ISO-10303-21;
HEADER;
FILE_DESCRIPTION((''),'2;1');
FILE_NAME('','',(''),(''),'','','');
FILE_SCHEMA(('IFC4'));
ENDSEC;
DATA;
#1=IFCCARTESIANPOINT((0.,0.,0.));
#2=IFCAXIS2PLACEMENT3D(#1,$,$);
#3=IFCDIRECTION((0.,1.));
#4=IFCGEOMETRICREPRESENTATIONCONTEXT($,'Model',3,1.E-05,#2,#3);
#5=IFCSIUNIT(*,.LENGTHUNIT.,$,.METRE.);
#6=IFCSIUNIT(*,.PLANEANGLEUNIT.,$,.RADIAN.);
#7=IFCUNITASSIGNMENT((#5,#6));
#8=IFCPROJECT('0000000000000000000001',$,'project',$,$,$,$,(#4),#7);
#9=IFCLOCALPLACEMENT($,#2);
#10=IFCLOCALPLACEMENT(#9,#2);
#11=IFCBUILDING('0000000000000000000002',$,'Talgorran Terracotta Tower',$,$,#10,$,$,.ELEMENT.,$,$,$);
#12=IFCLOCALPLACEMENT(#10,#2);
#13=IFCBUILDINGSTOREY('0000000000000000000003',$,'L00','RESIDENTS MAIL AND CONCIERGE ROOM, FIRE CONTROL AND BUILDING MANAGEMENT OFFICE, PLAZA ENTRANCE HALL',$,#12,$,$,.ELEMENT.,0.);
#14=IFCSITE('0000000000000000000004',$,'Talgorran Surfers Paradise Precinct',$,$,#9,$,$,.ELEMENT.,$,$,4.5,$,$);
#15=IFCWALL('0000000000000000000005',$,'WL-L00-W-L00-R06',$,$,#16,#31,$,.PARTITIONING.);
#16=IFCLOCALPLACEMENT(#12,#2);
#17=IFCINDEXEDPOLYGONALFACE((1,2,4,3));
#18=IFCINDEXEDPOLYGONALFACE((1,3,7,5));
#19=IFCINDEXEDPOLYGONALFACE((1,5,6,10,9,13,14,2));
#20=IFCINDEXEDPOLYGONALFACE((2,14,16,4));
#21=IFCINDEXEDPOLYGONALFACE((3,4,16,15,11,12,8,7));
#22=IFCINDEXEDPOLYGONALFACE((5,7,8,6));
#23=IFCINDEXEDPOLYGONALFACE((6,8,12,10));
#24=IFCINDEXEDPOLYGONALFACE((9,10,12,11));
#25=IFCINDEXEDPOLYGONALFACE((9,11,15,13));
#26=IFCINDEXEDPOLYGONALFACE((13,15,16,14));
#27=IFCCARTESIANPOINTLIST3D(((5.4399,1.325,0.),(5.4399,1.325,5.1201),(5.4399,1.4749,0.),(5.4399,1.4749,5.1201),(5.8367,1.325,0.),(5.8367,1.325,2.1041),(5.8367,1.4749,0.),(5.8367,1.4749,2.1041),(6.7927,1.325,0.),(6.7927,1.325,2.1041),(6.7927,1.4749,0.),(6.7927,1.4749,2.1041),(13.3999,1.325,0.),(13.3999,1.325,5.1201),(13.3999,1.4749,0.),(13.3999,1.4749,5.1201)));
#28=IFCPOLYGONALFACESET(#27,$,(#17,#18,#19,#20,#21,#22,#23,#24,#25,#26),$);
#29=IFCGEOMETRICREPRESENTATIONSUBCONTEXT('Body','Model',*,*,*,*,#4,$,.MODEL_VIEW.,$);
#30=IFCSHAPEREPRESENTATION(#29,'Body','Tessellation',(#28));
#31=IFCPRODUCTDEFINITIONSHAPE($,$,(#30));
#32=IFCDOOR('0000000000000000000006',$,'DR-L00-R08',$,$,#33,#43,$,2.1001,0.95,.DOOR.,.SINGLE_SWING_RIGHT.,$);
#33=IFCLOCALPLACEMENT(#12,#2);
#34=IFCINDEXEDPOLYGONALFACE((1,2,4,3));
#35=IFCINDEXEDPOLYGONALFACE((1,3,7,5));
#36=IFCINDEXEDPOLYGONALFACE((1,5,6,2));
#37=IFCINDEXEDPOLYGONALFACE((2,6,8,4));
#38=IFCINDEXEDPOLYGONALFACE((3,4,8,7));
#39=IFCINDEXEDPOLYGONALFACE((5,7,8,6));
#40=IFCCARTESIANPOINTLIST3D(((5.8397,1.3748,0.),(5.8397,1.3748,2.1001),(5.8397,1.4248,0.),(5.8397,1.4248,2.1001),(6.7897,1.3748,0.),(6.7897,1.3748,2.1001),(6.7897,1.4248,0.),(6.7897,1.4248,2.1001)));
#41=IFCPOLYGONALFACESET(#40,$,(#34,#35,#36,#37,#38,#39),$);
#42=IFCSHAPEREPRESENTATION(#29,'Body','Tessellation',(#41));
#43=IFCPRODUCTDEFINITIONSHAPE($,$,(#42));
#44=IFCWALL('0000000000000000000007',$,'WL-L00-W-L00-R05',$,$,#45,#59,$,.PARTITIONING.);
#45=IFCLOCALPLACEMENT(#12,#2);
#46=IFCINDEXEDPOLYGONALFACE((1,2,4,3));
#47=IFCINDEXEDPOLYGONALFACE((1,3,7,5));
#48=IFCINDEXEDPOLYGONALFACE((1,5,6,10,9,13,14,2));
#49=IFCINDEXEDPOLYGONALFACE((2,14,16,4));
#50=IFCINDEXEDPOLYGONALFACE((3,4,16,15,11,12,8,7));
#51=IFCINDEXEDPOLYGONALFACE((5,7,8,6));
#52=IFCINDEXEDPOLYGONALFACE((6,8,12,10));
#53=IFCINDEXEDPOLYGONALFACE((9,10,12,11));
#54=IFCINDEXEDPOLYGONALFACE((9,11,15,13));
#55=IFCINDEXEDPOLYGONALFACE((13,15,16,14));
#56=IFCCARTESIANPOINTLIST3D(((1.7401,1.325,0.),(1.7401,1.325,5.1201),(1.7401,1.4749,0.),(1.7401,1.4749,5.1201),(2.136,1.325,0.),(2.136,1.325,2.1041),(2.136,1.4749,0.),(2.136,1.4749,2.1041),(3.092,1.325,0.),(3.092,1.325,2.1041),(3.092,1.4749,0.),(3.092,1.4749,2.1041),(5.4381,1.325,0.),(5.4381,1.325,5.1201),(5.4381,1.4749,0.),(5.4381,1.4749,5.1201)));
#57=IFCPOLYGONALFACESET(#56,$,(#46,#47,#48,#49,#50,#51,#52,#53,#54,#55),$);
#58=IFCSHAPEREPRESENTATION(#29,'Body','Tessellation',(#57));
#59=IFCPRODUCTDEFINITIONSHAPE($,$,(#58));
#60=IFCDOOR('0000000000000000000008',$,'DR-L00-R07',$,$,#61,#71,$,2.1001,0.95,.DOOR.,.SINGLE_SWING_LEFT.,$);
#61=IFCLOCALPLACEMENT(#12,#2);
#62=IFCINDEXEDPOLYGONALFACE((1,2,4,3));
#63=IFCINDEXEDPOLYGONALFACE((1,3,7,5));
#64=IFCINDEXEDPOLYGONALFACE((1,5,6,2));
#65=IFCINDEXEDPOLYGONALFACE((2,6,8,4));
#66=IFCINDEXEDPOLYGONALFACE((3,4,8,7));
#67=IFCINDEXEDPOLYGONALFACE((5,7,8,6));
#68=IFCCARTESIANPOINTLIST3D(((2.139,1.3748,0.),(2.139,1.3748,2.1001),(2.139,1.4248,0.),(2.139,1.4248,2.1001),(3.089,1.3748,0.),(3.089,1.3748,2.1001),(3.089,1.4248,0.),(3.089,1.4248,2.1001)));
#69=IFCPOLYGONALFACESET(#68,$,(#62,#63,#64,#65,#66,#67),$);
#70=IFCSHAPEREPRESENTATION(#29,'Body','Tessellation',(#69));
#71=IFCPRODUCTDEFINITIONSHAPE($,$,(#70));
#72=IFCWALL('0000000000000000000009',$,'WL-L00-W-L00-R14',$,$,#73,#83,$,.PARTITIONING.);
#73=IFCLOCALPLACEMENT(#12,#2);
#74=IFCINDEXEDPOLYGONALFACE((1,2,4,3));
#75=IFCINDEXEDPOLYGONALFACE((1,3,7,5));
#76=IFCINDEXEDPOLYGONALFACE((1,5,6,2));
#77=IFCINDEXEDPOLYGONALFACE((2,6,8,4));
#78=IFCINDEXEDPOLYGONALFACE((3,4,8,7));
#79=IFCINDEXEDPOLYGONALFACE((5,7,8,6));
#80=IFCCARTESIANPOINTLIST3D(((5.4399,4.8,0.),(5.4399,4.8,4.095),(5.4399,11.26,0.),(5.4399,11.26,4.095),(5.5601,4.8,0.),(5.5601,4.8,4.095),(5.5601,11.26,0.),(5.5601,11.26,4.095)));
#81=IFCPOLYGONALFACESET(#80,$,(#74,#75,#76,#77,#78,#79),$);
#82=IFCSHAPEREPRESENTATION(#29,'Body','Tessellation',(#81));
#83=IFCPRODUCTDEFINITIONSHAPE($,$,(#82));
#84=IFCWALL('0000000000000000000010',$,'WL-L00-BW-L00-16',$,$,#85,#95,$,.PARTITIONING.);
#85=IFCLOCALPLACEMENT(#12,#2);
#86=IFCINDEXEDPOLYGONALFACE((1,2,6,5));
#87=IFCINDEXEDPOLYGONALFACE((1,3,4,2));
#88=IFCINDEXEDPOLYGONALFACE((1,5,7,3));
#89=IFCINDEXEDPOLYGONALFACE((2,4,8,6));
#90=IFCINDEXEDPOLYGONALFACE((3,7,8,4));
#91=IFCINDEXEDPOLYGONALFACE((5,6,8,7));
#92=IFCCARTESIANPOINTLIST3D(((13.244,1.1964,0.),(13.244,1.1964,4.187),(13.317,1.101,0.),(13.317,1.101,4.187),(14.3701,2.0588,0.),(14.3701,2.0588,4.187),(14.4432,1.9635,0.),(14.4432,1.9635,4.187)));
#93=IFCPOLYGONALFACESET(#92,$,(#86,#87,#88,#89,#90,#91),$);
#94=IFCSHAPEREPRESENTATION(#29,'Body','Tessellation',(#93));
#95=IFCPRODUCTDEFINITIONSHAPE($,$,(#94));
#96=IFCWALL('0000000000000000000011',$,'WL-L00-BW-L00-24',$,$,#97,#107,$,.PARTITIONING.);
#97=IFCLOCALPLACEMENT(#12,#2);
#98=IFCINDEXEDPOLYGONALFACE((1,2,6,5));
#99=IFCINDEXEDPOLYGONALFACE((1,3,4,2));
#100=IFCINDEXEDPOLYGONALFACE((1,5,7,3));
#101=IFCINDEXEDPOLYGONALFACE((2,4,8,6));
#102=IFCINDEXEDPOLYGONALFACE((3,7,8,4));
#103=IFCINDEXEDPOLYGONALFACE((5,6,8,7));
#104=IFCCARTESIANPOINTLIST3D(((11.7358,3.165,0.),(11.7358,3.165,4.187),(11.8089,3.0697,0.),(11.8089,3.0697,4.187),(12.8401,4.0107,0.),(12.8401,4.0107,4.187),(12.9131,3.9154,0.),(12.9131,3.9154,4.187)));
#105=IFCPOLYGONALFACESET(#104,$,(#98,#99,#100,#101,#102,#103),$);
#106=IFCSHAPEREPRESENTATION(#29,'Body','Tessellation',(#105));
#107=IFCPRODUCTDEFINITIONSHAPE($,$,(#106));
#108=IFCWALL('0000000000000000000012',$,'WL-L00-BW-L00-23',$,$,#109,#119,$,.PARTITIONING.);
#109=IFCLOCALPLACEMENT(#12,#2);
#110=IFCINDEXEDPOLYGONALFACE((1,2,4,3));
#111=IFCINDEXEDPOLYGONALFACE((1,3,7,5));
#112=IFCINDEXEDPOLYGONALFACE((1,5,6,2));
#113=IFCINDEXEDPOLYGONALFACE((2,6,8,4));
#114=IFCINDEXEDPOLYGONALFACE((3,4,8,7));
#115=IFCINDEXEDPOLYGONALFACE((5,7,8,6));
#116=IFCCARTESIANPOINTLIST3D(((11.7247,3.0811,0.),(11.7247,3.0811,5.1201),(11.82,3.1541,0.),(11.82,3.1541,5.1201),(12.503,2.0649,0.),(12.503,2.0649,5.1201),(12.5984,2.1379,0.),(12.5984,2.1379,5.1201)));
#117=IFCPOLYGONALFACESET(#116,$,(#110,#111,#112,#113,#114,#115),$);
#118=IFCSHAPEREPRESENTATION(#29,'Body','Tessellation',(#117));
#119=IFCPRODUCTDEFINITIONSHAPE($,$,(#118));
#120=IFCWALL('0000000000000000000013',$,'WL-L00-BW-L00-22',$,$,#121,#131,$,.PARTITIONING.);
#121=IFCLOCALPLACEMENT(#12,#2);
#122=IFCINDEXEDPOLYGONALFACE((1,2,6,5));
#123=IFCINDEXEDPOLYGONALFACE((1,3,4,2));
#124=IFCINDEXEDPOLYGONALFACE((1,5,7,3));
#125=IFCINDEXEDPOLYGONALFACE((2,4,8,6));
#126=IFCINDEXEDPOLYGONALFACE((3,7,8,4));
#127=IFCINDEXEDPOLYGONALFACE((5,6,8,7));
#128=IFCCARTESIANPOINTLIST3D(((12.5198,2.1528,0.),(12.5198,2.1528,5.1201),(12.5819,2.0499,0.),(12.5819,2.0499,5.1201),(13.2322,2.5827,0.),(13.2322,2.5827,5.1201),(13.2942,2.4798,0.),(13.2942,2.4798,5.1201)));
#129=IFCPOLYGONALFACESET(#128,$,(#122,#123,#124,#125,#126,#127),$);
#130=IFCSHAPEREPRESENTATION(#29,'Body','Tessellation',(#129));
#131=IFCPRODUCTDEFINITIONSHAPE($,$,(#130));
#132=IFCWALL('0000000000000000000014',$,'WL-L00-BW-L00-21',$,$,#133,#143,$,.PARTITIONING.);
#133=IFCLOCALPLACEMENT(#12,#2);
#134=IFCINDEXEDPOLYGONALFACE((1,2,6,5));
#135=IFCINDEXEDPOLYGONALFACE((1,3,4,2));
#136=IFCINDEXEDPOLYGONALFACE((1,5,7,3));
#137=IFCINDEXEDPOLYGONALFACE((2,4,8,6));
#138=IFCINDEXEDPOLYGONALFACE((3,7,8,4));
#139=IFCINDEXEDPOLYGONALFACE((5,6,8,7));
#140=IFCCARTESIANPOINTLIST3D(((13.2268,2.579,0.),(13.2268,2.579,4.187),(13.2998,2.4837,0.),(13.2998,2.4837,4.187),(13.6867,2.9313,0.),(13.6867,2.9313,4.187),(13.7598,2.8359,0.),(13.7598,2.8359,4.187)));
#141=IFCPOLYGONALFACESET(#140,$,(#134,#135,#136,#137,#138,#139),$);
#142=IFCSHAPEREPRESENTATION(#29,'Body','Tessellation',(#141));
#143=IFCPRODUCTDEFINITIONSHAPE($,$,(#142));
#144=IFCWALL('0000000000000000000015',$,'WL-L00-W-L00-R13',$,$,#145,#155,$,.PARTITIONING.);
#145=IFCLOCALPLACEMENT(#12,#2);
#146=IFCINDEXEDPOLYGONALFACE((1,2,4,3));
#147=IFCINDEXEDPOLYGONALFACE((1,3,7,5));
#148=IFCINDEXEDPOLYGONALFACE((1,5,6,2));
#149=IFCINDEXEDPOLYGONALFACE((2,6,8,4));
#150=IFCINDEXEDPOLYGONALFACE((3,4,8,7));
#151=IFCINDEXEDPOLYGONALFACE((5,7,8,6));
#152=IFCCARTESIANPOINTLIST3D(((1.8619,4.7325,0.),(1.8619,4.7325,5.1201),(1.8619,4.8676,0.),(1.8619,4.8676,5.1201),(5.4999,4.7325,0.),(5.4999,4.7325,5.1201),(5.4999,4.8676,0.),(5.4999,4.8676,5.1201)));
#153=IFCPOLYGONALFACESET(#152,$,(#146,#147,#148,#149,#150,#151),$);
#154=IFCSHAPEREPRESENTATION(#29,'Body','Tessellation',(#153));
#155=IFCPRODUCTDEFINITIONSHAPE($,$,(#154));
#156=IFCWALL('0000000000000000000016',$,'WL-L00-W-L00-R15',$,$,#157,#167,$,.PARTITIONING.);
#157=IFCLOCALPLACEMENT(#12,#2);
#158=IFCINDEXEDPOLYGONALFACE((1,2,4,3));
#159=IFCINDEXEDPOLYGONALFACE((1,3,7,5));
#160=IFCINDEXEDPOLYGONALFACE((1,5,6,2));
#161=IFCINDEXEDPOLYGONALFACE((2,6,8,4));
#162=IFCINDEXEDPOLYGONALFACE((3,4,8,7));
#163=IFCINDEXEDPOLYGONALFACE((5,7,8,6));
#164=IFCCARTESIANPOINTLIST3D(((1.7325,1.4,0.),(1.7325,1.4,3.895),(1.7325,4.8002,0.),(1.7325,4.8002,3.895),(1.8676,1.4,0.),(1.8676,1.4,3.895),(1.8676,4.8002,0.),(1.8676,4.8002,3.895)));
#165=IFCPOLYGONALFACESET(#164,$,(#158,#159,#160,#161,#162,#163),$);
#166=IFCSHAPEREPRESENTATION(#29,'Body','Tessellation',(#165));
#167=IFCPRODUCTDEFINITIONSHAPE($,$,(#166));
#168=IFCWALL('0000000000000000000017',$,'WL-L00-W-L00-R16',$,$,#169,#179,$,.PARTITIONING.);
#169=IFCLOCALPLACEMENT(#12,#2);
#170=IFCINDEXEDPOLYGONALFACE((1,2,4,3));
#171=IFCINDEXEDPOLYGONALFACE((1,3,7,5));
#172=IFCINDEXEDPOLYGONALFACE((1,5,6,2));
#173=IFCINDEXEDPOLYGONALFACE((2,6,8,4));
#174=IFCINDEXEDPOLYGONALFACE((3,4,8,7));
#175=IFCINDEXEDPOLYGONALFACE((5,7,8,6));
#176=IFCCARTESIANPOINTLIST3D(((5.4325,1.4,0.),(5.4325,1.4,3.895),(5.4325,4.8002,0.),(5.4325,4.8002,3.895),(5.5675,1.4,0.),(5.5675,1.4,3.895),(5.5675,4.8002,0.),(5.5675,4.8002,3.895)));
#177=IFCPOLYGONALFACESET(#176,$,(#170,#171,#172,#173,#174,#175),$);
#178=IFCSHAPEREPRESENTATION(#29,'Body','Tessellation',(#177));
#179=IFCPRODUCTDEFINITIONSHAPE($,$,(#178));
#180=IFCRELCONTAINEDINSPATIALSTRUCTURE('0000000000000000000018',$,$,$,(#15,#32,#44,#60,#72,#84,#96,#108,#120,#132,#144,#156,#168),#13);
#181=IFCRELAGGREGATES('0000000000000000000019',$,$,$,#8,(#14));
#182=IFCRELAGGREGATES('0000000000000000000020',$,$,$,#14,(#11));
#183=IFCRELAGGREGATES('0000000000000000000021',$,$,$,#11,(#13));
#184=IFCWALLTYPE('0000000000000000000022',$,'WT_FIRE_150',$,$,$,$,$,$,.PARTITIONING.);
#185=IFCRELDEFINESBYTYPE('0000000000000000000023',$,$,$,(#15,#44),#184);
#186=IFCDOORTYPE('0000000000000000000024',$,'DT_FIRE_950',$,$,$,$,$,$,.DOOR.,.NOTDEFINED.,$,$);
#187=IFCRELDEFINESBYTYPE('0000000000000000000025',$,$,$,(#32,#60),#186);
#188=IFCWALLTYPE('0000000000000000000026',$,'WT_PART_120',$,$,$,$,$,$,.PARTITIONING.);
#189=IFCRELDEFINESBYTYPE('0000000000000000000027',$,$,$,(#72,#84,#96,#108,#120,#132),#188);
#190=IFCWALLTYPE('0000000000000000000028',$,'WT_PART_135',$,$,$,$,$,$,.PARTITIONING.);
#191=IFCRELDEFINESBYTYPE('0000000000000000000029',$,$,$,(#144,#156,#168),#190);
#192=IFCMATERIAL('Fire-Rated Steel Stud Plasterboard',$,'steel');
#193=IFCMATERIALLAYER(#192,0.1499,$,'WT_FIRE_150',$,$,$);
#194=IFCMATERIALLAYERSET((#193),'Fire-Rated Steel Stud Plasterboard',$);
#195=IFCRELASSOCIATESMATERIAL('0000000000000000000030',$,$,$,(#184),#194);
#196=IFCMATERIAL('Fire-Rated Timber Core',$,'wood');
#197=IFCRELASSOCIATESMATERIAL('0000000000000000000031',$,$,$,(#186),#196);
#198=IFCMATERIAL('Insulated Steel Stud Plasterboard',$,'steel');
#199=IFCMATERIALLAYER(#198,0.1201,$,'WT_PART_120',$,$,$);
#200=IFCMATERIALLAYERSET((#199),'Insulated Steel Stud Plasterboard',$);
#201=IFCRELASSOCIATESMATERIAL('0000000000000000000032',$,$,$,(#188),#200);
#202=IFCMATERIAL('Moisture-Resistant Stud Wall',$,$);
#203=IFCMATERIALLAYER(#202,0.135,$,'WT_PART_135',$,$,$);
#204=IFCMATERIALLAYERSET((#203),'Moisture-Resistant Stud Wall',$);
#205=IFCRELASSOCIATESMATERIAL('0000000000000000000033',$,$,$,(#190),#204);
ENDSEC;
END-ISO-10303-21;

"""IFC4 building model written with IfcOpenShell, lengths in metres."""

from ifc_helpers import new_model, si_unit, direction, frame, frame_2d, origin, place, context, subcontext, project, spatial, rectangle, extrude, material, layer, layer_set, type_object, element, fill, save


model = new_model("IFC4")

# Units and contexts
model_context = context("Model", 3, precision=1e-05, world=origin(), true_north=direction((0.0, 1.0)))
body_context = subcontext(model_context, "Body", "Model", "MODEL_VIEW")
ifc_project = project(units=[si_unit("LENGTHUNIT", "METRE"), si_unit("PLANEANGLEUNIT", "RADIAN")], contexts=[model_context])

# Site, building, storey
site_placement = place(None, origin())
site = spatial("IfcSite", under=ifc_project, at=site_placement, Name="Talgorran Surfers Paradise Precinct", CompositionType="ELEMENT", RefElevation=4.5)
building_placement = place(site_placement, origin())
building = spatial("IfcBuilding", under=site, at=building_placement, Name="Talgorran Terracotta Tower", CompositionType="ELEMENT")
storey_placement = place(building_placement, origin())
storey = spatial("IfcBuildingStorey", under=building, at=storey_placement, Name="L00", Description="RESIDENTS MAIL AND CONCIERGE ROOM, FIRE CONTROL AND BUILDING MANAGEMENT OFFICE, PLAZA ENTRANCE HALL", CompositionType="ELEMENT", Elevation=0.0)

# Walls, openings, doors
ifc_material_1 = material(Name="Fire-Rated Steel Stud Plasterboard", Category="steel")
ifc_layer_1 = layer(ifc_material_1, 0.1499, Name="WT_FIRE_150")
ifc_layer_set_1 = layer_set([ifc_layer_1], Name="Fire-Rated Steel Stud Plasterboard")
wall_type_1 = type_object("IfcWallType", Name="WT_FIRE_150", PredefinedType="PARTITIONING", material=ifc_layer_set_1)
wall_1_placement = place(storey_placement, frame((5.4399, 1.3999, 0.0), z_axis=(0.0, 0.0, 1.0), x_axis=(1.0, 0.0, 0.0)))
wall_1 = element("IfcWall", 1, at=wall_1_placement, inside=storey, type_object=wall_type_1, Name="WL-L00-W-L00-R06", PredefinedType="PARTITIONING", context=body_context, shape_type="SweptSolid", body=[
    extrude(rectangle(XDim=7.96, YDim=0.1499, at=frame_2d((3.98, 0.0))), origin(), (0.0, 0.0, 1.0), 5.1201),
])
opening_1_placement = place(wall_1_placement, frame((0.3997, 0.0, 0.0)))
opening_1 = element("IfcOpeningElement", 2, at=opening_1_placement, cuts=wall_1, PredefinedType="OPENING", context=body_context, shape_type="SweptSolid", body=[
    extrude(rectangle(XDim=0.956, YDim=2.1041, at=frame_2d((0.4751, 1.052))), frame((0.0, 0.085, 0.0), z_axis=(0.0, -1.0, 0.0), x_axis=(1.0, 0.0, 0.0)), (0.0, 0.0, 1.0), 0.1699),
])
ifc_material_2 = material(Name="Fire-Rated Timber Core", Category="wood")
door_type_1 = type_object("IfcDoorType", Name="DT_FIRE_950", OperationType="NOTDEFINED", PredefinedType="DOOR", material=ifc_material_2)
door_1_placement = place(opening_1_placement, origin())
door_1 = element("IfcDoor", 3, at=door_1_placement, inside=storey, type_object=door_type_1, Name="DR-L00-R08", OperationType="SINGLE_SWING_RIGHT", OverallHeight=2.1001, OverallWidth=0.95, PredefinedType="DOOR", context=body_context, shape_type="SweptSolid", body=[
    extrude(rectangle(XDim=0.95, YDim=2.1001, at=frame_2d((0.4751, 1.05))), frame((0.0, 0.0249, 0.0), z_axis=(0.0, -1.0, 0.0), x_axis=(1.0, 0.0, 0.0)), (0.0, 0.0, 1.0), 0.05),
])
fill(opening_1, door_1)
wall_2_placement = place(storey_placement, frame((1.74, 1.3999, 0.0), z_axis=(0.0, 0.0, 1.0), x_axis=(1.0, 0.0, 0.0)))
wall_2 = element("IfcWall", 4, at=wall_2_placement, inside=storey, type_object=wall_type_1, Name="WL-L00-W-L00-R05", PredefinedType="PARTITIONING", context=body_context, shape_type="SweptSolid", body=[
    extrude(rectangle(XDim=3.698, YDim=0.1499, at=frame_2d((1.8491, 0.0))), origin(), (0.0, 0.0, 1.0), 5.1201),
])
opening_2_placement = place(wall_2_placement, frame((0.3989, 0.0, 0.0)))
opening_2 = element("IfcOpeningElement", 5, at=opening_2_placement, cuts=wall_2, PredefinedType="OPENING", context=body_context, shape_type="SweptSolid", body=[
    extrude(rectangle(XDim=0.956, YDim=2.1041, at=frame_2d((0.4751, 1.052))), frame((0.0, 0.085, 0.0), z_axis=(0.0, -1.0, 0.0), x_axis=(1.0, 0.0, 0.0)), (0.0, 0.0, 1.0), 0.1699),
])
door_2_placement = place(opening_2_placement, origin())
door_2 = element("IfcDoor", 6, at=door_2_placement, inside=storey, type_object=door_type_1, Name="DR-L00-R07", OperationType="SINGLE_SWING_LEFT", OverallHeight=2.1001, OverallWidth=0.95, PredefinedType="DOOR", context=body_context, shape_type="SweptSolid", body=[
    extrude(rectangle(XDim=0.95, YDim=2.1001, at=frame_2d((0.4751, 1.05))), frame((0.0, 0.0249, 0.0), z_axis=(0.0, -1.0, 0.0), x_axis=(1.0, 0.0, 0.0)), (0.0, 0.0, 1.0), 0.05),
])
fill(opening_2, door_2)

# Walls
ifc_material_3 = material(Name="Insulated Steel Stud Plasterboard", Category="steel")
ifc_layer_2 = layer(ifc_material_3, 0.1201, Name="WT_PART_120")
ifc_layer_set_2 = layer_set([ifc_layer_2], Name="Insulated Steel Stud Plasterboard")
wall_type_2 = type_object("IfcWallType", Name="WT_PART_120", PredefinedType="PARTITIONING", material=ifc_layer_set_2)
wall_3_placement = place(storey_placement, frame((5.5, 4.8, 0.0), z_axis=(0.0, 0.0, 1.0), x_axis=(0.0, 1.0, 0.0)))
element("IfcWall", 7, at=wall_3_placement, inside=storey, type_object=wall_type_2, Name="WL-L00-W-L00-R14", PredefinedType="PARTITIONING", context=body_context, shape_type="SweptSolid", body=[
    extrude(rectangle(XDim=6.46, YDim=0.1201, at=frame_2d((3.23, 0.0))), origin(), (0.0, 0.0, 1.0), 4.095),
])
wall_4_placement = place(storey_placement, frame((13.2805, 1.1487, 0.0), z_axis=(0.0, 0.0, 1.0), x_axis=(0.793908, 0.608038, 0.0)))
element("IfcWall", 8, at=wall_4_placement, inside=storey, type_object=wall_type_2, Name="WL-L00-BW-L00-16", PredefinedType="PARTITIONING", context=body_context, shape_type="SweptSolid", body=[
    extrude(rectangle(XDim=1.4185, YDim=0.1201, at=frame_2d((0.7092, 0.0))), origin(), (0.0, 0.0, 1.0), 4.187),
])
wall_5_placement = place(storey_placement, frame((11.7725, 3.1174, 0.0), z_axis=(0.0, 0.0, 1.0), x_axis=(0.793914, 0.60803, 0.0)))
element("IfcWall", 9, at=wall_5_placement, inside=storey, type_object=wall_type_2, Name="WL-L00-BW-L00-24", PredefinedType="PARTITIONING", context=body_context, shape_type="SweptSolid", body=[
    extrude(rectangle(XDim=1.3909, YDim=0.1201, at=frame_2d((0.6953, 0.0))), origin(), (0.0, 0.0, 1.0), 4.187),
])
wall_6_placement = place(storey_placement, frame((12.5508, 2.1013, 0.0), z_axis=(0.0, 0.0, 1.0), x_axis=(-0.608087, 0.79387, 0.0)))
element("IfcWall", 10, at=wall_6_placement, inside=storey, type_object=wall_type_2, Name="WL-L00-BW-L00-23", PredefinedType="PARTITIONING", context=body_context, shape_type="SweptSolid", body=[
    extrude(rectangle(XDim=1.28, YDim=0.1201, at=frame_2d((0.6401, 0.0))), origin(), (0.0, 0.0, 1.0), 5.1201),
])
wall_7_placement = place(storey_placement, frame((13.2632, 2.5312, 0.0), z_axis=(0.0, 0.0, 1.0), x_axis=(-0.85617, -0.516695, 0.0)))
element("IfcWall", 11, at=wall_7_placement, inside=storey, type_object=wall_type_2, Name="WL-L00-BW-L00-22", PredefinedType="PARTITIONING", context=body_context, shape_type="SweptSolid", body=[
    extrude(rectangle(XDim=0.832, YDim=0.1201, at=frame_2d((0.416, 0.0))), origin(), (0.0, 0.0, 1.0), 5.1201),
])
wall_8_placement = place(storey_placement, frame((13.7231, 2.8835, 0.0), z_axis=(0.0, 0.0, 1.0), x_axis=(-0.793891, -0.60806, 0.0)))
element("IfcWall", 12, at=wall_8_placement, inside=storey, type_object=wall_type_2, Name="WL-L00-BW-L00-21", PredefinedType="PARTITIONING", context=body_context, shape_type="SweptSolid", body=[
    extrude(rectangle(XDim=0.5793, YDim=0.1201, at=frame_2d((0.2896, 0.0))), origin(), (0.0, 0.0, 1.0), 4.187),
])
ifc_material_4 = material(Name="Moisture-Resistant Stud Wall")
ifc_layer_3 = layer(ifc_material_4, 0.135, Name="WT_PART_135")
ifc_layer_set_3 = layer_set([ifc_layer_3], Name="Moisture-Resistant Stud Wall")
wall_type_3 = type_object("IfcWallType", Name="WT_PART_135", PredefinedType="PARTITIONING", material=ifc_layer_set_3)
wall_9_placement = place(storey_placement, frame((1.8621, 4.8, 0.0), z_axis=(0.0, 0.0, 1.0), x_axis=(1.0, 0.0, 0.0)))
element("IfcWall", 13, at=wall_9_placement, inside=storey, type_object=wall_type_3, Name="WL-L00-W-L00-R13", PredefinedType="PARTITIONING", context=body_context, shape_type="SweptSolid", body=[
    extrude(rectangle(XDim=3.6379, YDim=0.135, at=frame_2d((1.8188, 0.0))), origin(), (0.0, 0.0, 1.0), 5.1201),
])
for number, where, z_axis, x_axis, name in (
    (14, (1.8, 1.3999, 0.0), (0.0, 0.0, 1.0), (0.0, 1.0, 0.0), "WL-L00-W-L00-R15"),
    (15, (5.5, 1.3999, 0.0), (0.0, 0.0, 1.0), (0.0, 1.0, 0.0), "WL-L00-W-L00-R16"),
):
    element("IfcWall", number, at=place(storey_placement, frame(where, z_axis=z_axis, x_axis=x_axis)), inside=storey, type_object=wall_type_3, Name=name, PredefinedType="PARTITIONING", context=body_context, shape_type="SweptSolid", body=[
        extrude(rectangle(XDim=3.4001, YDim=0.135, at=frame_2d((1.7002, 0.0))), origin(), (0.0, 0.0, 1.0), 3.895),
    ])

save(model, "model.ifc")
